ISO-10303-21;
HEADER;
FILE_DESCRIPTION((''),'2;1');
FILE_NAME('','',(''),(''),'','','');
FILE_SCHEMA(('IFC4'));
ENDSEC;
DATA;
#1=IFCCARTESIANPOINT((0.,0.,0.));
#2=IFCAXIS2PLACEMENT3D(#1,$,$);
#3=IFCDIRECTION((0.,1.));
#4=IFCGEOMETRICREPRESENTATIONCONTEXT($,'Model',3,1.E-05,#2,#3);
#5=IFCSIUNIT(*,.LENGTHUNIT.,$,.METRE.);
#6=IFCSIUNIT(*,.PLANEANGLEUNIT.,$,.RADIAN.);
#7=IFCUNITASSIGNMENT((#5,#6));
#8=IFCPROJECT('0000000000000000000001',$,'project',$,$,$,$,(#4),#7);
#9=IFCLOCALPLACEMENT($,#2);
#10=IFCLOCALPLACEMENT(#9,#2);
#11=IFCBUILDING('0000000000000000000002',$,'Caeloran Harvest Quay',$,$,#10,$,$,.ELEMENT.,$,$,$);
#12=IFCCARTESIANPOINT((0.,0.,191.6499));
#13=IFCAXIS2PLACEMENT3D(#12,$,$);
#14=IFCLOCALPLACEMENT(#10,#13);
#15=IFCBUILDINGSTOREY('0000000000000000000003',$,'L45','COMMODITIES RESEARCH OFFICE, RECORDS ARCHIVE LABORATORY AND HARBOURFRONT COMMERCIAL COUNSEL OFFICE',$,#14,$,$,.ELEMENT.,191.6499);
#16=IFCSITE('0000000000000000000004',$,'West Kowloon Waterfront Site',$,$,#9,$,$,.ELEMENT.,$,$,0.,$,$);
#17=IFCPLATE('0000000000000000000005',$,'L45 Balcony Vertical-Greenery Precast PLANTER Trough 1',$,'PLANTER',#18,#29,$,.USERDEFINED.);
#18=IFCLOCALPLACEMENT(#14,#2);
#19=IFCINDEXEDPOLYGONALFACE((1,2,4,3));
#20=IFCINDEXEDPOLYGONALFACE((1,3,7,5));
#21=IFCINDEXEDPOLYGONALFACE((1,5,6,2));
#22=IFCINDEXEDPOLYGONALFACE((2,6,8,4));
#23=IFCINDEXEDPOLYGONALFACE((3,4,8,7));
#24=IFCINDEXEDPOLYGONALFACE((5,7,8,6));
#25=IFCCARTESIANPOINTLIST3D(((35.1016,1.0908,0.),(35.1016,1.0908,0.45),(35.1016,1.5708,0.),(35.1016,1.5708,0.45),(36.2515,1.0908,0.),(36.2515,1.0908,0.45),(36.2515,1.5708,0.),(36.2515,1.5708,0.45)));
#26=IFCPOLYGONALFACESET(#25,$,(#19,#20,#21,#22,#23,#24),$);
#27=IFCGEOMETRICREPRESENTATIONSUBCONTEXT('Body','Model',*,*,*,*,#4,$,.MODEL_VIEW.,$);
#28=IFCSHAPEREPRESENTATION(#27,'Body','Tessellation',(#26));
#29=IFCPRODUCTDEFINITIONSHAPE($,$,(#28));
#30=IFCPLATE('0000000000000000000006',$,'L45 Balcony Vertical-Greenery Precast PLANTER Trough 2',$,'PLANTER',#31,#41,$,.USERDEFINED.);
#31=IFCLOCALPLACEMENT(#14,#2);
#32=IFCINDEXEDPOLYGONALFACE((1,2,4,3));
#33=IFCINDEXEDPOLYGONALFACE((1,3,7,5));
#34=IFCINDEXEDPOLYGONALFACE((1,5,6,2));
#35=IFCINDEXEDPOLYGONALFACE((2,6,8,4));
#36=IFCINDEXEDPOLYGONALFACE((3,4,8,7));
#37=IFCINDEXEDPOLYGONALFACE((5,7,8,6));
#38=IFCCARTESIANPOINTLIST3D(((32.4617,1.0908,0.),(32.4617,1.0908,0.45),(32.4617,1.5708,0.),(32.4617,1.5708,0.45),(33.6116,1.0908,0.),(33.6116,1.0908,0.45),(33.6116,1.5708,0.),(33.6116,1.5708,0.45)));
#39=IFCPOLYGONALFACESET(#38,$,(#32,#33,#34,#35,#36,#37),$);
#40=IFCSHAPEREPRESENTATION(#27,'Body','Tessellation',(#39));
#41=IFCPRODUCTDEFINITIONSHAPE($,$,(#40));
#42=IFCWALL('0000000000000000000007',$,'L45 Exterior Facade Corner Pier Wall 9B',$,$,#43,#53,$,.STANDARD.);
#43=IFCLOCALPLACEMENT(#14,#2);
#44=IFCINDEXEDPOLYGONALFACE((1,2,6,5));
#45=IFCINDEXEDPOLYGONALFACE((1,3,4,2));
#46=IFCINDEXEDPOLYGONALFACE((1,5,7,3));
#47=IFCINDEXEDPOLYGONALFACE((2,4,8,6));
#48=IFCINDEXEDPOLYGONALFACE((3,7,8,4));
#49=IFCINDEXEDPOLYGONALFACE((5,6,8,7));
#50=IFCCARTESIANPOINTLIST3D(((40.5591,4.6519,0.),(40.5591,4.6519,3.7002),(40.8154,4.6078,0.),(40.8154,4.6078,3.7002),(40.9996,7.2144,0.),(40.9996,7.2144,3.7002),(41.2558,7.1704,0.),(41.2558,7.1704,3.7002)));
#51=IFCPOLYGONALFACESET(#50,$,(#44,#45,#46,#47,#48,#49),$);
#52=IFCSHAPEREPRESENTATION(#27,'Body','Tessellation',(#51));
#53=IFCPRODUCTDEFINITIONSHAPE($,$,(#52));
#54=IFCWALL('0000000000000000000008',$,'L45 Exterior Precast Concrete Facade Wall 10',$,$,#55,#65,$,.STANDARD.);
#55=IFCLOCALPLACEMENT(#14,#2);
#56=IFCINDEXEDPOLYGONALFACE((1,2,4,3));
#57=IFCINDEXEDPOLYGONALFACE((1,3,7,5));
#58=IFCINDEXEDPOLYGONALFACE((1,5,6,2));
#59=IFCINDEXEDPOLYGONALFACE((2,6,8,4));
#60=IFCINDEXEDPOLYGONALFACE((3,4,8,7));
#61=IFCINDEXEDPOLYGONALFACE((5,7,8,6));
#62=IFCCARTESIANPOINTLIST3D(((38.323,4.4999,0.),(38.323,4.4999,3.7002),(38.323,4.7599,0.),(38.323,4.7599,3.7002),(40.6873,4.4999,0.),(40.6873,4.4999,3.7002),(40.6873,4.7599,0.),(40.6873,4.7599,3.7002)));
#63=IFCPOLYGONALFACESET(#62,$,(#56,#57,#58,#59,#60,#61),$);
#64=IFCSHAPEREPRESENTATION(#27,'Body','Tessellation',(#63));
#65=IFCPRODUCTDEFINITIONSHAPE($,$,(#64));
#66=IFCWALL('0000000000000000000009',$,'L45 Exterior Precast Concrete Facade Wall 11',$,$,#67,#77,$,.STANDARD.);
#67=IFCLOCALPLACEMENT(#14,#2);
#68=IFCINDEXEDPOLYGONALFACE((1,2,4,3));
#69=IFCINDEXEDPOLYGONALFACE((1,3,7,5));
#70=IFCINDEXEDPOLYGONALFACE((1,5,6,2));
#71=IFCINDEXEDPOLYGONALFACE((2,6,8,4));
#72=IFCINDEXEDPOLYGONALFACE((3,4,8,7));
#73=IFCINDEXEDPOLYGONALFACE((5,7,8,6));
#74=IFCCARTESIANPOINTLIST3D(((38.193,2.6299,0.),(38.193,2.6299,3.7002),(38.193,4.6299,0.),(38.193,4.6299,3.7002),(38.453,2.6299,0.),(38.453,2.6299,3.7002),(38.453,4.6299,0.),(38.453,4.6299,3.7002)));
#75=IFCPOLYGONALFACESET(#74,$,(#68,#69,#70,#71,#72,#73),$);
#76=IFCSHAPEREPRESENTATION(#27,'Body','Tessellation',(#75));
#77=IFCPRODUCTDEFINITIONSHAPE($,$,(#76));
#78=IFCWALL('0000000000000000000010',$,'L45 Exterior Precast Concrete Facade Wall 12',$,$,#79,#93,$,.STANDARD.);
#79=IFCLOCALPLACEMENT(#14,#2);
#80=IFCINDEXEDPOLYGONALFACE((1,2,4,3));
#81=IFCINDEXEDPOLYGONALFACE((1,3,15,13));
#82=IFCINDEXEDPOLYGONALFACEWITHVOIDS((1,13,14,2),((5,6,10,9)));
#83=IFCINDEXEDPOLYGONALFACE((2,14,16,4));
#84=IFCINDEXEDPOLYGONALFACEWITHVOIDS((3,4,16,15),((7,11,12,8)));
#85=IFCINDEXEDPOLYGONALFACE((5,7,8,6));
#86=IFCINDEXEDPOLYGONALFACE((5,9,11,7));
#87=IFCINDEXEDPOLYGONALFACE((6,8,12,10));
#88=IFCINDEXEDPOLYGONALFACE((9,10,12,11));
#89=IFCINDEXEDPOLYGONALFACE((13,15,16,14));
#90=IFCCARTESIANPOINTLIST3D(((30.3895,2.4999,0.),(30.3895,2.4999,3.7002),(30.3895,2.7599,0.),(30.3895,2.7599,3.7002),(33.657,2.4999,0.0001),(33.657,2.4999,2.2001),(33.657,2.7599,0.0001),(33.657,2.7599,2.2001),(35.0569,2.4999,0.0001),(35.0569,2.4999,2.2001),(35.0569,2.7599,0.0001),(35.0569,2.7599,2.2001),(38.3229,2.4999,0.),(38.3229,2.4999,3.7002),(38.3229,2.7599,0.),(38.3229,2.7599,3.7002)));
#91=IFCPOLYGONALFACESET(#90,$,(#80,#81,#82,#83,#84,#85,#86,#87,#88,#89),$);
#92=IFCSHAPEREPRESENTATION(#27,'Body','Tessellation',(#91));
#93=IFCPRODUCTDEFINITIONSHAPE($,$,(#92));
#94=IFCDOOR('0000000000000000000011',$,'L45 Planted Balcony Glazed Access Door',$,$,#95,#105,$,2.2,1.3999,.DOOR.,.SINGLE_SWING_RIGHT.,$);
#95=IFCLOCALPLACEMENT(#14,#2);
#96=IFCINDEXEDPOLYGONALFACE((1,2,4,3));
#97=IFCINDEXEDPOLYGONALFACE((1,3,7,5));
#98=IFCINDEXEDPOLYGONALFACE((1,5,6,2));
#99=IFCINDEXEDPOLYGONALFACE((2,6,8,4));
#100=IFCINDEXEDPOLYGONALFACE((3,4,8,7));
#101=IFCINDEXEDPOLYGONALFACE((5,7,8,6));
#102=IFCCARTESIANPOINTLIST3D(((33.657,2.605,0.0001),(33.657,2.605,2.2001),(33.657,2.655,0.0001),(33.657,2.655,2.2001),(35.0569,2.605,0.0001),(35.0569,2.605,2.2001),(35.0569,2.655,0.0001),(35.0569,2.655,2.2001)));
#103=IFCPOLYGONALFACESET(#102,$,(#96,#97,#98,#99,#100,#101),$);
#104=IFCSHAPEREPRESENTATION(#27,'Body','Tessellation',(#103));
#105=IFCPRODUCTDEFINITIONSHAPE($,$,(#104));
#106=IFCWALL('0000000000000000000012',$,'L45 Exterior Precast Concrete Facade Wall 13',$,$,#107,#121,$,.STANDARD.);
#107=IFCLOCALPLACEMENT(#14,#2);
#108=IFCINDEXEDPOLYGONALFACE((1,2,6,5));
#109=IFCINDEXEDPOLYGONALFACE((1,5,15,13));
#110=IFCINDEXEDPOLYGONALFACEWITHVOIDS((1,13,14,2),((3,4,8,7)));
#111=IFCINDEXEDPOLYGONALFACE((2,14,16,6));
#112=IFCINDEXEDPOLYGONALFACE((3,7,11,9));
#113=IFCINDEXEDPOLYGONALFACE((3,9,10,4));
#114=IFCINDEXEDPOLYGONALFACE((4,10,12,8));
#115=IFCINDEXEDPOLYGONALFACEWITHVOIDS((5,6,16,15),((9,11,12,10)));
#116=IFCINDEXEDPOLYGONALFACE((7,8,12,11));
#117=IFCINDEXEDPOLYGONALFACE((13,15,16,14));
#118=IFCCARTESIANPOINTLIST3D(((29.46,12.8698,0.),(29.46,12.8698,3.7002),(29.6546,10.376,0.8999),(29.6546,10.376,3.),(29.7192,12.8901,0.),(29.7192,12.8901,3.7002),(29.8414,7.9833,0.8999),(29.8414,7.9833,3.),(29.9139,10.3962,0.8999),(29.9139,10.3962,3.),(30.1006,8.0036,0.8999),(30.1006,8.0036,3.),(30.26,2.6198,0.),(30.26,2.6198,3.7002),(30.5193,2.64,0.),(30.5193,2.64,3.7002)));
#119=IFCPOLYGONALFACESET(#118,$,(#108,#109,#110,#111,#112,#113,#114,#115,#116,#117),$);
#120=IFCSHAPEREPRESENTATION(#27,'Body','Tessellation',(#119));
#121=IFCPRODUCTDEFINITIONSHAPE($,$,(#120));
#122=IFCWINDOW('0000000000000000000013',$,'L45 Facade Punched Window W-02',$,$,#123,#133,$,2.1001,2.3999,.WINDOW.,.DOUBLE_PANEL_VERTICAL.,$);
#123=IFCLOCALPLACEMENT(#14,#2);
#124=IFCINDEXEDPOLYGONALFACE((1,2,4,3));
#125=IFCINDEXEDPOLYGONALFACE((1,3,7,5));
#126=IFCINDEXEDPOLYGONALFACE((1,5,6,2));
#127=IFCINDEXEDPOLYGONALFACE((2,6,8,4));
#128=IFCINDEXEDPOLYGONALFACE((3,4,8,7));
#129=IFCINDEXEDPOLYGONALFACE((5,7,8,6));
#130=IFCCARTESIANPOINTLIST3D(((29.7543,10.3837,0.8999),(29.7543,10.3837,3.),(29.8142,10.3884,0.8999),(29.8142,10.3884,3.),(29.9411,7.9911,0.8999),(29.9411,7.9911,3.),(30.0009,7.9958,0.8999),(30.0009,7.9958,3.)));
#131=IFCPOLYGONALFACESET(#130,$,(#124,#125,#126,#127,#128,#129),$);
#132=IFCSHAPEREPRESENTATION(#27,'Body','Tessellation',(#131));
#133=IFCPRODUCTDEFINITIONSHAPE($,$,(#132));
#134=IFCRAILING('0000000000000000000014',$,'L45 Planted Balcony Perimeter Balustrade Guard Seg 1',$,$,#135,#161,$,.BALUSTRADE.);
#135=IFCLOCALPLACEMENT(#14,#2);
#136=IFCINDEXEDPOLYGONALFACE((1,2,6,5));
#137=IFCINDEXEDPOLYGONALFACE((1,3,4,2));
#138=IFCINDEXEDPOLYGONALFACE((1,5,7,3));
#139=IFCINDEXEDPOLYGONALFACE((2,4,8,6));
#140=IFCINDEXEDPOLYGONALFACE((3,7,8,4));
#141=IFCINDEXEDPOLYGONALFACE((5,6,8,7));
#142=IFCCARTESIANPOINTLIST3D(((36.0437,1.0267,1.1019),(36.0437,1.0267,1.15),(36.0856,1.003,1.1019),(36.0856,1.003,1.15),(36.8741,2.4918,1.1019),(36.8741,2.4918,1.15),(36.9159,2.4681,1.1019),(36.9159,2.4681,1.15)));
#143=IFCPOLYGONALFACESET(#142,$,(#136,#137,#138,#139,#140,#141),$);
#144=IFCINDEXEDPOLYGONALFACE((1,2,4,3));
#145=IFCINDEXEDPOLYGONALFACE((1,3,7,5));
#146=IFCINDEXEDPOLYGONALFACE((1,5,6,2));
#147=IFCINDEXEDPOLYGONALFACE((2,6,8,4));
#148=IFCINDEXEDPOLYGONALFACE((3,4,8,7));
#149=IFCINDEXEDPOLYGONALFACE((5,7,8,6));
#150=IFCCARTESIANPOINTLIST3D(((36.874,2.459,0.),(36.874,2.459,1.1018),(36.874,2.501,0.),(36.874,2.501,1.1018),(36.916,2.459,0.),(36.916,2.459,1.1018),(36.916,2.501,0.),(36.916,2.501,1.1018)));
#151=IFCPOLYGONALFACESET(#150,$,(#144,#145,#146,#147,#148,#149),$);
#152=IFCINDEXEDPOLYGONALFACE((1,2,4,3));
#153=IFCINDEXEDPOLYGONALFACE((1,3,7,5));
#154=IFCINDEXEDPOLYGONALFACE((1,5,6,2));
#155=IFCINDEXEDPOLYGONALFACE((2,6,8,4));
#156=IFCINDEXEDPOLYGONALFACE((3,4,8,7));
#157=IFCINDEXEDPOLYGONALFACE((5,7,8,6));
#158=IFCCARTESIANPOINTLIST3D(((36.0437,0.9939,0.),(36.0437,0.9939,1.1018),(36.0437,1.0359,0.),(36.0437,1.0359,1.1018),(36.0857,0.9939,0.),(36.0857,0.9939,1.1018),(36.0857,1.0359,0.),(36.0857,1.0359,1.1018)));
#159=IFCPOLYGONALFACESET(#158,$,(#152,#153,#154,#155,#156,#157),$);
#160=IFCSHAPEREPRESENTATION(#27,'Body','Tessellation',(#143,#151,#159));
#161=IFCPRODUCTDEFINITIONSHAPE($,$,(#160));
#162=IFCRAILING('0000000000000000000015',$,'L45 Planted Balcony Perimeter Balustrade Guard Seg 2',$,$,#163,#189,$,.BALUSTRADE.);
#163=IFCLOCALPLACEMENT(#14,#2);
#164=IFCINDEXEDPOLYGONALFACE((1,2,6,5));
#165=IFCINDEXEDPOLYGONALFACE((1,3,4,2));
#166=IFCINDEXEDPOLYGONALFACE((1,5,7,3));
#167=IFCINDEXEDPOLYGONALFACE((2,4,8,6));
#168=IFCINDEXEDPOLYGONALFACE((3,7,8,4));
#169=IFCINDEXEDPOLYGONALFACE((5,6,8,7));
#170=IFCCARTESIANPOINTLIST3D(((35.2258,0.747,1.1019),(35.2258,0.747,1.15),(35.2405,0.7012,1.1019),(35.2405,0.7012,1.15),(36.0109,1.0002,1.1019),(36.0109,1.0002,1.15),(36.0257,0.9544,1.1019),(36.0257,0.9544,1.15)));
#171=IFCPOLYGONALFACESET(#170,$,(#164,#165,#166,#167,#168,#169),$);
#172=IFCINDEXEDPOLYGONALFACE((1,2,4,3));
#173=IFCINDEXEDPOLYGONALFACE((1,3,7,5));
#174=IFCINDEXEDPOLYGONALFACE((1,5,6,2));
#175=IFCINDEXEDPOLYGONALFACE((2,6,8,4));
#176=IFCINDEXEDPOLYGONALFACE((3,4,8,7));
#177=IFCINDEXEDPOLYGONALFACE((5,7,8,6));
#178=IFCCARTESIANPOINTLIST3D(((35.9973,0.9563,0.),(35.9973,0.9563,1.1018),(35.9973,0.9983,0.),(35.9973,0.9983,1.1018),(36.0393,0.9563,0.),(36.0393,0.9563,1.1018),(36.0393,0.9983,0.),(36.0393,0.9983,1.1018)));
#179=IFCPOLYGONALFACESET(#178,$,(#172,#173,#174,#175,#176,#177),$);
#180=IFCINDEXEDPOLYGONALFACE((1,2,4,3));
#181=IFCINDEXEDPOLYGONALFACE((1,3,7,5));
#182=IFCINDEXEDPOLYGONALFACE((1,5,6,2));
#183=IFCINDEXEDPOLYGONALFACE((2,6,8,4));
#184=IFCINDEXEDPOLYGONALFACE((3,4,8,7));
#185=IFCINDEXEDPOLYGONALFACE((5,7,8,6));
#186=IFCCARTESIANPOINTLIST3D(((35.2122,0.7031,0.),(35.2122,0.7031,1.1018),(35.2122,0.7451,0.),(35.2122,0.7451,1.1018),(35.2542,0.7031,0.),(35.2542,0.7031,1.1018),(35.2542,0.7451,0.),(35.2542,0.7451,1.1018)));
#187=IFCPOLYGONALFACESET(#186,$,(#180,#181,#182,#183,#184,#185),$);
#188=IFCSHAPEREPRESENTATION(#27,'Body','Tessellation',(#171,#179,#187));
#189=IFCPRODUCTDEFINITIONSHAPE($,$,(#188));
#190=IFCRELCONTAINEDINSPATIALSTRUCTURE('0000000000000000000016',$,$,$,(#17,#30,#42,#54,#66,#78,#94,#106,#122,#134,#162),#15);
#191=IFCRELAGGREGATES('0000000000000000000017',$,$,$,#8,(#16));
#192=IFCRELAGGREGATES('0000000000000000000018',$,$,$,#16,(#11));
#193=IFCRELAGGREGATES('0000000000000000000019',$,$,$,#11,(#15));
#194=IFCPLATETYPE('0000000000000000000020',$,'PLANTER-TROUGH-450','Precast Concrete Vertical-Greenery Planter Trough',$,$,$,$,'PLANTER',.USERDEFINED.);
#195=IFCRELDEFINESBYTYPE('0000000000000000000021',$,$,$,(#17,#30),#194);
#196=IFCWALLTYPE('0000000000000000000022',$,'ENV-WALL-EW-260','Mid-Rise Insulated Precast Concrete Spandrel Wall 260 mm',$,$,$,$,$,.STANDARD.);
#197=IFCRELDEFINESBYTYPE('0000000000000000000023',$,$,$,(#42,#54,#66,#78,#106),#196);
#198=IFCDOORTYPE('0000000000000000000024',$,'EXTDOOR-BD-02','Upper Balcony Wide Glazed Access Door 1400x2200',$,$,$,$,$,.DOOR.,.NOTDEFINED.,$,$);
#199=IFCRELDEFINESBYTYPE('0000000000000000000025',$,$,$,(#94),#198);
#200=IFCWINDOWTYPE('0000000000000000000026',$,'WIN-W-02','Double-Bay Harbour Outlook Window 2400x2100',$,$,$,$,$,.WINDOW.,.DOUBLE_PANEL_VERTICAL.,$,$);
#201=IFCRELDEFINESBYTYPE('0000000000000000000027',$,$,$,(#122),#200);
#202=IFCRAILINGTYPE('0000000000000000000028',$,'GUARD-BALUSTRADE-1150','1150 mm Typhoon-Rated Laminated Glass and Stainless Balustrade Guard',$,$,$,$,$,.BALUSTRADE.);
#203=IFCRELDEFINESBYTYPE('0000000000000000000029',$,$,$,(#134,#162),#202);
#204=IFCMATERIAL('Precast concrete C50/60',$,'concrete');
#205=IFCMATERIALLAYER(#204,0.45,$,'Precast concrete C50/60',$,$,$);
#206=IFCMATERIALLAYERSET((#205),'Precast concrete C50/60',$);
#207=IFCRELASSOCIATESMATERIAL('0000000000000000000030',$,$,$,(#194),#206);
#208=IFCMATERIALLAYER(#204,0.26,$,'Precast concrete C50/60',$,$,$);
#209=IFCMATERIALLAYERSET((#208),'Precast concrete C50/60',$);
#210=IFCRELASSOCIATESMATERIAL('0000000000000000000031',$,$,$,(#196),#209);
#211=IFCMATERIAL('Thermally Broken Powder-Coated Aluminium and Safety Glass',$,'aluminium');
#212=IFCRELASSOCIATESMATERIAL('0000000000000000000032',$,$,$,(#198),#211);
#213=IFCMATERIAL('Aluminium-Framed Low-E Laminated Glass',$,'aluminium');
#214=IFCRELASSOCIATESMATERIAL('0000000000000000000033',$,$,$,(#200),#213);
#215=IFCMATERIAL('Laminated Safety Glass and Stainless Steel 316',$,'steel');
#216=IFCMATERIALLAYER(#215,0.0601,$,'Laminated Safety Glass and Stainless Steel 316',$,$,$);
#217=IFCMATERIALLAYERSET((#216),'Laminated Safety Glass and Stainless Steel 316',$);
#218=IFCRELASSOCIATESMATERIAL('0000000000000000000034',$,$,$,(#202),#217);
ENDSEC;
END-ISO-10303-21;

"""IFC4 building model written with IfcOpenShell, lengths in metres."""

from ifc_helpers import new_model, si_unit, direction, frame, frame_2d, origin, origin_2d, place, context, subcontext, project, spatial, rectangle, extrude, material, layer, layer_set, type_object, element, fill, save


model = new_model("IFC4")

# Units and contexts
model_context = context("Model", 3, precision=1e-05, world=origin(), true_north=direction((0.0, 1.0)))
body_context = subcontext(model_context, "Body", "Model", "MODEL_VIEW")
ifc_project = project(units=[si_unit("LENGTHUNIT", "METRE"), si_unit("PLANEANGLEUNIT", "RADIAN")], contexts=[model_context])

# Site, building, storey
site_placement = place(None, origin())
site = spatial("IfcSite", under=ifc_project, at=site_placement, Name="West Kowloon Waterfront Site", CompositionType="ELEMENT", RefElevation=0.0)
building_placement = place(site_placement, origin())
building = spatial("IfcBuilding", under=site, at=building_placement, Name="Caeloran Harvest Quay", CompositionType="ELEMENT")
storey_placement = place(building_placement, frame((0.0, 0.0, 191.6499)))
storey = spatial("IfcBuildingStorey", under=building, at=storey_placement, Name="L45", Description="COMMODITIES RESEARCH OFFICE, RECORDS ARCHIVE LABORATORY AND HARBOURFRONT COMMERCIAL COUNSEL OFFICE", CompositionType="ELEMENT", Elevation=191.6499)

# Plates
ifc_material_1 = material(Name="Precast concrete C50/60", Category="concrete")
ifc_layer_1 = layer(ifc_material_1, 0.45, Name="Precast concrete C50/60")
ifc_layer_set_1 = layer_set([ifc_layer_1], Name="Precast concrete C50/60")
plate_type = type_object("IfcPlateType", Name="PLANTER-TROUGH-450", Description="Precast Concrete Vertical-Greenery Planter Trough", ElementType="PLANTER", PredefinedType="USERDEFINED", material=ifc_layer_set_1)
for number, where, z_axis, x_axis, name in (
    (1, (35.6765, 1.3308, 0.0), (0.0, 0.0, 1.0), (1.0, 0.0, 0.0), "L45 Balcony Vertical-Greenery Precast PLANTER Trough 1"),
    (2, (33.0366, 1.3308, 0.0), (0.0, 0.0, 1.0), (1.0, 0.0, 0.0), "L45 Balcony Vertical-Greenery Precast PLANTER Trough 2"),
):
    element("IfcPlate", number, at=place(storey_placement, frame(where, z_axis=z_axis, x_axis=x_axis)), inside=storey, type_object=plate_type, Name=name, ObjectType="PLANTER", PredefinedType="USERDEFINED", context=body_context, shape_type="SweptSolid", body=[
        extrude(rectangle(XDim=1.1499, YDim=0.48, at=origin_2d()), origin(), (0.0, 0.0, 1.0), 0.45),
    ])

# Walls
ifc_layer_2 = layer(ifc_material_1, 0.26, Name="Precast concrete C50/60")
ifc_layer_set_2 = layer_set([ifc_layer_2], Name="Precast concrete C50/60")
wall_type = type_object("IfcWallType", Name="ENV-WALL-EW-260", Description="Mid-Rise Insulated Precast Concrete Spandrel Wall 260 mm", PredefinedType="STANDARD", material=ifc_layer_set_2)
wall_1_placement = place(storey_placement, frame((41.1277, 7.1924, 0.0), z_axis=(0.0, 0.0, 1.0), x_axis=(-0.169391, -0.985549, 0.0)))
element("IfcWall", 3, at=wall_1_placement, inside=storey, type_object=wall_type, Name="L45 Exterior Facade Corner Pier Wall 9B", PredefinedType="STANDARD", context=body_context, shape_type="SweptSolid", body=[
    extrude(rectangle(XDim=2.6001, YDim=0.26, at=frame_2d((1.3, 0.0))), origin(), (0.0, 0.0, 1.0), 3.7002),
])
wall_2_placement = place(storey_placement, frame((40.6873, 4.6299, 0.0), z_axis=(0.0, 0.0, 1.0), x_axis=(-1.0, 0.0, 0.0)))
element("IfcWall", 4, at=wall_2_placement, inside=storey, type_object=wall_type, Name="L45 Exterior Precast Concrete Facade Wall 10", PredefinedType="STANDARD", context=body_context, shape_type="SweptSolid", body=[
    extrude(rectangle(XDim=2.3643, YDim=0.26, at=frame_2d((1.1821, 0.0))), origin(), (0.0, 0.0, 1.0), 3.7002),
])
wall_3_placement = place(storey_placement, frame((38.323, 4.6299, 0.0), z_axis=(0.0, 0.0, 1.0), x_axis=(0.0, -1.0, 0.0)))
element("IfcWall", 5, at=wall_3_placement, inside=storey, type_object=wall_type, Name="L45 Exterior Precast Concrete Facade Wall 11", PredefinedType="STANDARD", context=body_context, shape_type="SweptSolid", body=[
    extrude(rectangle(XDim=2.0, YDim=0.26, at=frame_2d((1.0, 0.0))), origin(), (0.0, 0.0, 1.0), 3.7002),
])

# Wall, opening, door
wall_4_placement = place(storey_placement, frame((38.323, 2.6299, 0.0), z_axis=(0.0, 0.0, 1.0), x_axis=(-1.0, 0.0, 0.0)))
wall_4 = element("IfcWall", 6, at=wall_4_placement, inside=storey, type_object=wall_type, Name="L45 Exterior Precast Concrete Facade Wall 12", PredefinedType="STANDARD", context=body_context, shape_type="SweptSolid", body=[
    extrude(rectangle(XDim=7.9333, YDim=0.26, at=frame_2d((3.9668, 0.0))), origin(), (0.0, 0.0, 1.0), 3.7002),
])
opening_1_placement = place(wall_4_placement, frame((3.2661, 0.0, 0.0)))
opening_1 = element("IfcOpeningElement", 7, at=opening_1_placement, cuts=wall_4, PredefinedType="OPENING", context=body_context, shape_type="SweptSolid", body=[
    extrude(rectangle(XDim=1.3999, YDim=2.2, at=frame_2d((0.7, 1.1001))), frame((0.0, 0.1401, 0.0), z_axis=(0.0, -1.0, 0.0), x_axis=(1.0, 0.0, 0.0)), (0.0, 0.0, 1.0), 0.28),
])
ifc_material_2 = material(Name="Thermally Broken Powder-Coated Aluminium and Safety Glass", Category="aluminium")
door_type = type_object("IfcDoorType", Name="EXTDOOR-BD-02", Description="Upper Balcony Wide Glazed Access Door 1400x2200", OperationType="NOTDEFINED", PredefinedType="DOOR", material=ifc_material_2)
door_placement = place(opening_1_placement, origin())
door = element("IfcDoor", 8, at=door_placement, inside=storey, type_object=door_type, Name="L45 Planted Balcony Glazed Access Door", OperationType="SINGLE_SWING_RIGHT", OverallHeight=2.2, OverallWidth=1.3999, PredefinedType="DOOR", context=body_context, shape_type="SweptSolid", body=[
    extrude(rectangle(XDim=1.3999, YDim=2.2, at=frame_2d((0.7, 1.1001))), frame((0.0, 0.0249, 0.0), z_axis=(0.0, -1.0, 0.0), x_axis=(1.0, 0.0, 0.0)), (0.0, 0.0, 1.0), 0.05),
])
fill(opening_1, door)

# Wall, opening, window
wall_5_placement = place(storey_placement, frame((30.3896, 2.6299, 0.0), z_axis=(0.0, 0.0, 1.0), x_axis=(-0.077817, 0.996968, 0.0)))
wall_5 = element("IfcWall", 9, at=wall_5_placement, inside=storey, type_object=wall_type, Name="L45 Exterior Precast Concrete Facade Wall 13", PredefinedType="STANDARD", context=body_context, shape_type="SweptSolid", body=[
    extrude(rectangle(XDim=10.2812, YDim=0.26, at=frame_2d((5.1406, 0.0))), origin(), (0.0, 0.0, 1.0), 3.7002),
])
opening_2_placement = place(wall_5_placement, frame((5.3799, 0.0, 0.8999)))
opening_2 = element("IfcOpeningElement", 10, at=opening_2_placement, cuts=wall_5, PredefinedType="OPENING", context=body_context, shape_type="SweptSolid", body=[
    extrude(rectangle(XDim=2.3999, YDim=2.1001, at=frame_2d((1.2, 1.05))), frame((0.0, 0.1401, 0.0), z_axis=(0.0, -1.0, 0.0), x_axis=(1.0, 0.0, 0.0)), (0.0, 0.0, 1.0), 0.28),
])
ifc_material_3 = material(Name="Aluminium-Framed Low-E Laminated Glass", Category="aluminium")
window_type = type_object("IfcWindowType", Name="WIN-W-02", Description="Double-Bay Harbour Outlook Window 2400x2100", PartitioningType="DOUBLE_PANEL_VERTICAL", PredefinedType="WINDOW", material=ifc_material_3)
window_placement = place(opening_2_placement, origin())
window = element("IfcWindow", 11, at=window_placement, inside=storey, type_object=window_type, Name="L45 Facade Punched Window W-02", OverallHeight=2.1001, OverallWidth=2.3999, PartitioningType="DOUBLE_PANEL_VERTICAL", PredefinedType="WINDOW", context=body_context, shape_type="SweptSolid", body=[
    extrude(rectangle(XDim=2.3999, YDim=2.1001, at=frame_2d((1.2, 1.05))), frame((0.0, 0.03, 0.0), z_axis=(0.0, -1.0, 0.0), x_axis=(1.0, 0.0, 0.0)), (0.0, 0.0, 1.0), 0.0601),
])
fill(opening_2, window)

# Railings
ifc_material_4 = material(Name="Laminated Safety Glass and Stainless Steel 316", Category="steel")
ifc_layer_3 = layer(ifc_material_4, 0.0601, Name="Laminated Safety Glass and Stainless Steel 316")
ifc_layer_set_3 = layer_set([ifc_layer_3], Name="Laminated Safety Glass and Stainless Steel 316")
railing_type = type_object("IfcRailingType", Name="GUARD-BALUSTRADE-1150", Description="1150 mm Typhoon-Rated Laminated Glass and Stainless Balustrade Guard", PredefinedType="BALUSTRADE", material=ifc_layer_set_3)
railing_1_placement = place(storey_placement, frame((36.895, 2.48, 0.0)))
element("IfcRailing", 12, at=railing_1_placement, inside=storey, type_object=railing_type, Name="L45 Planted Balcony Perimeter Balustrade Guard Seg 1", PredefinedType="BALUSTRADE", context=body_context, shape_type="SweptSolid", body=[
    extrude(rectangle(XDim=0.0481, YDim=0.0481, at=origin_2d()), frame((0.0, 0.0, 1.126), z_axis=(-0.49306, -0.869995, 0.0), x_axis=(0.869995, -0.49306, 0.0)), (0.0, 0.0, 1.0), 1.6841),
    extrude(rectangle(XDim=0.042, YDim=0.042, at=origin_2d()), origin(), (0.0, 0.0, 1.0), 1.1018),
    extrude(rectangle(XDim=0.042, YDim=0.042, at=origin_2d()), frame((-0.8303, -1.4651, 0.0)), (0.0, 0.0, 1.0), 1.1018),
])
railing_2_placement = place(storey_placement, frame((36.0183, 0.9773, 0.0)))
element("IfcRailing", 13, at=railing_2_placement, inside=storey, type_object=railing_type, Name="L45 Planted Balcony Perimeter Balustrade Guard Seg 2", PredefinedType="BALUSTRADE", context=body_context, shape_type="SweptSolid", body=[
    extrude(rectangle(XDim=0.0481, YDim=0.0481, at=origin_2d()), frame((0.0, 0.0, 1.126), z_axis=(-0.951745, -0.30689, 0.0), x_axis=(0.30689, -0.951745, 0.0)), (0.0, 0.0, 1.0), 0.825),
    extrude(rectangle(XDim=0.042, YDim=0.042, at=origin_2d()), origin(), (0.0, 0.0, 1.0), 1.1018),
    extrude(rectangle(XDim=0.042, YDim=0.042, at=origin_2d()), frame((-0.7852, -0.2532, 0.0)), (0.0, 0.0, 1.0), 1.1018),
])

save(model, "model.ifc")
